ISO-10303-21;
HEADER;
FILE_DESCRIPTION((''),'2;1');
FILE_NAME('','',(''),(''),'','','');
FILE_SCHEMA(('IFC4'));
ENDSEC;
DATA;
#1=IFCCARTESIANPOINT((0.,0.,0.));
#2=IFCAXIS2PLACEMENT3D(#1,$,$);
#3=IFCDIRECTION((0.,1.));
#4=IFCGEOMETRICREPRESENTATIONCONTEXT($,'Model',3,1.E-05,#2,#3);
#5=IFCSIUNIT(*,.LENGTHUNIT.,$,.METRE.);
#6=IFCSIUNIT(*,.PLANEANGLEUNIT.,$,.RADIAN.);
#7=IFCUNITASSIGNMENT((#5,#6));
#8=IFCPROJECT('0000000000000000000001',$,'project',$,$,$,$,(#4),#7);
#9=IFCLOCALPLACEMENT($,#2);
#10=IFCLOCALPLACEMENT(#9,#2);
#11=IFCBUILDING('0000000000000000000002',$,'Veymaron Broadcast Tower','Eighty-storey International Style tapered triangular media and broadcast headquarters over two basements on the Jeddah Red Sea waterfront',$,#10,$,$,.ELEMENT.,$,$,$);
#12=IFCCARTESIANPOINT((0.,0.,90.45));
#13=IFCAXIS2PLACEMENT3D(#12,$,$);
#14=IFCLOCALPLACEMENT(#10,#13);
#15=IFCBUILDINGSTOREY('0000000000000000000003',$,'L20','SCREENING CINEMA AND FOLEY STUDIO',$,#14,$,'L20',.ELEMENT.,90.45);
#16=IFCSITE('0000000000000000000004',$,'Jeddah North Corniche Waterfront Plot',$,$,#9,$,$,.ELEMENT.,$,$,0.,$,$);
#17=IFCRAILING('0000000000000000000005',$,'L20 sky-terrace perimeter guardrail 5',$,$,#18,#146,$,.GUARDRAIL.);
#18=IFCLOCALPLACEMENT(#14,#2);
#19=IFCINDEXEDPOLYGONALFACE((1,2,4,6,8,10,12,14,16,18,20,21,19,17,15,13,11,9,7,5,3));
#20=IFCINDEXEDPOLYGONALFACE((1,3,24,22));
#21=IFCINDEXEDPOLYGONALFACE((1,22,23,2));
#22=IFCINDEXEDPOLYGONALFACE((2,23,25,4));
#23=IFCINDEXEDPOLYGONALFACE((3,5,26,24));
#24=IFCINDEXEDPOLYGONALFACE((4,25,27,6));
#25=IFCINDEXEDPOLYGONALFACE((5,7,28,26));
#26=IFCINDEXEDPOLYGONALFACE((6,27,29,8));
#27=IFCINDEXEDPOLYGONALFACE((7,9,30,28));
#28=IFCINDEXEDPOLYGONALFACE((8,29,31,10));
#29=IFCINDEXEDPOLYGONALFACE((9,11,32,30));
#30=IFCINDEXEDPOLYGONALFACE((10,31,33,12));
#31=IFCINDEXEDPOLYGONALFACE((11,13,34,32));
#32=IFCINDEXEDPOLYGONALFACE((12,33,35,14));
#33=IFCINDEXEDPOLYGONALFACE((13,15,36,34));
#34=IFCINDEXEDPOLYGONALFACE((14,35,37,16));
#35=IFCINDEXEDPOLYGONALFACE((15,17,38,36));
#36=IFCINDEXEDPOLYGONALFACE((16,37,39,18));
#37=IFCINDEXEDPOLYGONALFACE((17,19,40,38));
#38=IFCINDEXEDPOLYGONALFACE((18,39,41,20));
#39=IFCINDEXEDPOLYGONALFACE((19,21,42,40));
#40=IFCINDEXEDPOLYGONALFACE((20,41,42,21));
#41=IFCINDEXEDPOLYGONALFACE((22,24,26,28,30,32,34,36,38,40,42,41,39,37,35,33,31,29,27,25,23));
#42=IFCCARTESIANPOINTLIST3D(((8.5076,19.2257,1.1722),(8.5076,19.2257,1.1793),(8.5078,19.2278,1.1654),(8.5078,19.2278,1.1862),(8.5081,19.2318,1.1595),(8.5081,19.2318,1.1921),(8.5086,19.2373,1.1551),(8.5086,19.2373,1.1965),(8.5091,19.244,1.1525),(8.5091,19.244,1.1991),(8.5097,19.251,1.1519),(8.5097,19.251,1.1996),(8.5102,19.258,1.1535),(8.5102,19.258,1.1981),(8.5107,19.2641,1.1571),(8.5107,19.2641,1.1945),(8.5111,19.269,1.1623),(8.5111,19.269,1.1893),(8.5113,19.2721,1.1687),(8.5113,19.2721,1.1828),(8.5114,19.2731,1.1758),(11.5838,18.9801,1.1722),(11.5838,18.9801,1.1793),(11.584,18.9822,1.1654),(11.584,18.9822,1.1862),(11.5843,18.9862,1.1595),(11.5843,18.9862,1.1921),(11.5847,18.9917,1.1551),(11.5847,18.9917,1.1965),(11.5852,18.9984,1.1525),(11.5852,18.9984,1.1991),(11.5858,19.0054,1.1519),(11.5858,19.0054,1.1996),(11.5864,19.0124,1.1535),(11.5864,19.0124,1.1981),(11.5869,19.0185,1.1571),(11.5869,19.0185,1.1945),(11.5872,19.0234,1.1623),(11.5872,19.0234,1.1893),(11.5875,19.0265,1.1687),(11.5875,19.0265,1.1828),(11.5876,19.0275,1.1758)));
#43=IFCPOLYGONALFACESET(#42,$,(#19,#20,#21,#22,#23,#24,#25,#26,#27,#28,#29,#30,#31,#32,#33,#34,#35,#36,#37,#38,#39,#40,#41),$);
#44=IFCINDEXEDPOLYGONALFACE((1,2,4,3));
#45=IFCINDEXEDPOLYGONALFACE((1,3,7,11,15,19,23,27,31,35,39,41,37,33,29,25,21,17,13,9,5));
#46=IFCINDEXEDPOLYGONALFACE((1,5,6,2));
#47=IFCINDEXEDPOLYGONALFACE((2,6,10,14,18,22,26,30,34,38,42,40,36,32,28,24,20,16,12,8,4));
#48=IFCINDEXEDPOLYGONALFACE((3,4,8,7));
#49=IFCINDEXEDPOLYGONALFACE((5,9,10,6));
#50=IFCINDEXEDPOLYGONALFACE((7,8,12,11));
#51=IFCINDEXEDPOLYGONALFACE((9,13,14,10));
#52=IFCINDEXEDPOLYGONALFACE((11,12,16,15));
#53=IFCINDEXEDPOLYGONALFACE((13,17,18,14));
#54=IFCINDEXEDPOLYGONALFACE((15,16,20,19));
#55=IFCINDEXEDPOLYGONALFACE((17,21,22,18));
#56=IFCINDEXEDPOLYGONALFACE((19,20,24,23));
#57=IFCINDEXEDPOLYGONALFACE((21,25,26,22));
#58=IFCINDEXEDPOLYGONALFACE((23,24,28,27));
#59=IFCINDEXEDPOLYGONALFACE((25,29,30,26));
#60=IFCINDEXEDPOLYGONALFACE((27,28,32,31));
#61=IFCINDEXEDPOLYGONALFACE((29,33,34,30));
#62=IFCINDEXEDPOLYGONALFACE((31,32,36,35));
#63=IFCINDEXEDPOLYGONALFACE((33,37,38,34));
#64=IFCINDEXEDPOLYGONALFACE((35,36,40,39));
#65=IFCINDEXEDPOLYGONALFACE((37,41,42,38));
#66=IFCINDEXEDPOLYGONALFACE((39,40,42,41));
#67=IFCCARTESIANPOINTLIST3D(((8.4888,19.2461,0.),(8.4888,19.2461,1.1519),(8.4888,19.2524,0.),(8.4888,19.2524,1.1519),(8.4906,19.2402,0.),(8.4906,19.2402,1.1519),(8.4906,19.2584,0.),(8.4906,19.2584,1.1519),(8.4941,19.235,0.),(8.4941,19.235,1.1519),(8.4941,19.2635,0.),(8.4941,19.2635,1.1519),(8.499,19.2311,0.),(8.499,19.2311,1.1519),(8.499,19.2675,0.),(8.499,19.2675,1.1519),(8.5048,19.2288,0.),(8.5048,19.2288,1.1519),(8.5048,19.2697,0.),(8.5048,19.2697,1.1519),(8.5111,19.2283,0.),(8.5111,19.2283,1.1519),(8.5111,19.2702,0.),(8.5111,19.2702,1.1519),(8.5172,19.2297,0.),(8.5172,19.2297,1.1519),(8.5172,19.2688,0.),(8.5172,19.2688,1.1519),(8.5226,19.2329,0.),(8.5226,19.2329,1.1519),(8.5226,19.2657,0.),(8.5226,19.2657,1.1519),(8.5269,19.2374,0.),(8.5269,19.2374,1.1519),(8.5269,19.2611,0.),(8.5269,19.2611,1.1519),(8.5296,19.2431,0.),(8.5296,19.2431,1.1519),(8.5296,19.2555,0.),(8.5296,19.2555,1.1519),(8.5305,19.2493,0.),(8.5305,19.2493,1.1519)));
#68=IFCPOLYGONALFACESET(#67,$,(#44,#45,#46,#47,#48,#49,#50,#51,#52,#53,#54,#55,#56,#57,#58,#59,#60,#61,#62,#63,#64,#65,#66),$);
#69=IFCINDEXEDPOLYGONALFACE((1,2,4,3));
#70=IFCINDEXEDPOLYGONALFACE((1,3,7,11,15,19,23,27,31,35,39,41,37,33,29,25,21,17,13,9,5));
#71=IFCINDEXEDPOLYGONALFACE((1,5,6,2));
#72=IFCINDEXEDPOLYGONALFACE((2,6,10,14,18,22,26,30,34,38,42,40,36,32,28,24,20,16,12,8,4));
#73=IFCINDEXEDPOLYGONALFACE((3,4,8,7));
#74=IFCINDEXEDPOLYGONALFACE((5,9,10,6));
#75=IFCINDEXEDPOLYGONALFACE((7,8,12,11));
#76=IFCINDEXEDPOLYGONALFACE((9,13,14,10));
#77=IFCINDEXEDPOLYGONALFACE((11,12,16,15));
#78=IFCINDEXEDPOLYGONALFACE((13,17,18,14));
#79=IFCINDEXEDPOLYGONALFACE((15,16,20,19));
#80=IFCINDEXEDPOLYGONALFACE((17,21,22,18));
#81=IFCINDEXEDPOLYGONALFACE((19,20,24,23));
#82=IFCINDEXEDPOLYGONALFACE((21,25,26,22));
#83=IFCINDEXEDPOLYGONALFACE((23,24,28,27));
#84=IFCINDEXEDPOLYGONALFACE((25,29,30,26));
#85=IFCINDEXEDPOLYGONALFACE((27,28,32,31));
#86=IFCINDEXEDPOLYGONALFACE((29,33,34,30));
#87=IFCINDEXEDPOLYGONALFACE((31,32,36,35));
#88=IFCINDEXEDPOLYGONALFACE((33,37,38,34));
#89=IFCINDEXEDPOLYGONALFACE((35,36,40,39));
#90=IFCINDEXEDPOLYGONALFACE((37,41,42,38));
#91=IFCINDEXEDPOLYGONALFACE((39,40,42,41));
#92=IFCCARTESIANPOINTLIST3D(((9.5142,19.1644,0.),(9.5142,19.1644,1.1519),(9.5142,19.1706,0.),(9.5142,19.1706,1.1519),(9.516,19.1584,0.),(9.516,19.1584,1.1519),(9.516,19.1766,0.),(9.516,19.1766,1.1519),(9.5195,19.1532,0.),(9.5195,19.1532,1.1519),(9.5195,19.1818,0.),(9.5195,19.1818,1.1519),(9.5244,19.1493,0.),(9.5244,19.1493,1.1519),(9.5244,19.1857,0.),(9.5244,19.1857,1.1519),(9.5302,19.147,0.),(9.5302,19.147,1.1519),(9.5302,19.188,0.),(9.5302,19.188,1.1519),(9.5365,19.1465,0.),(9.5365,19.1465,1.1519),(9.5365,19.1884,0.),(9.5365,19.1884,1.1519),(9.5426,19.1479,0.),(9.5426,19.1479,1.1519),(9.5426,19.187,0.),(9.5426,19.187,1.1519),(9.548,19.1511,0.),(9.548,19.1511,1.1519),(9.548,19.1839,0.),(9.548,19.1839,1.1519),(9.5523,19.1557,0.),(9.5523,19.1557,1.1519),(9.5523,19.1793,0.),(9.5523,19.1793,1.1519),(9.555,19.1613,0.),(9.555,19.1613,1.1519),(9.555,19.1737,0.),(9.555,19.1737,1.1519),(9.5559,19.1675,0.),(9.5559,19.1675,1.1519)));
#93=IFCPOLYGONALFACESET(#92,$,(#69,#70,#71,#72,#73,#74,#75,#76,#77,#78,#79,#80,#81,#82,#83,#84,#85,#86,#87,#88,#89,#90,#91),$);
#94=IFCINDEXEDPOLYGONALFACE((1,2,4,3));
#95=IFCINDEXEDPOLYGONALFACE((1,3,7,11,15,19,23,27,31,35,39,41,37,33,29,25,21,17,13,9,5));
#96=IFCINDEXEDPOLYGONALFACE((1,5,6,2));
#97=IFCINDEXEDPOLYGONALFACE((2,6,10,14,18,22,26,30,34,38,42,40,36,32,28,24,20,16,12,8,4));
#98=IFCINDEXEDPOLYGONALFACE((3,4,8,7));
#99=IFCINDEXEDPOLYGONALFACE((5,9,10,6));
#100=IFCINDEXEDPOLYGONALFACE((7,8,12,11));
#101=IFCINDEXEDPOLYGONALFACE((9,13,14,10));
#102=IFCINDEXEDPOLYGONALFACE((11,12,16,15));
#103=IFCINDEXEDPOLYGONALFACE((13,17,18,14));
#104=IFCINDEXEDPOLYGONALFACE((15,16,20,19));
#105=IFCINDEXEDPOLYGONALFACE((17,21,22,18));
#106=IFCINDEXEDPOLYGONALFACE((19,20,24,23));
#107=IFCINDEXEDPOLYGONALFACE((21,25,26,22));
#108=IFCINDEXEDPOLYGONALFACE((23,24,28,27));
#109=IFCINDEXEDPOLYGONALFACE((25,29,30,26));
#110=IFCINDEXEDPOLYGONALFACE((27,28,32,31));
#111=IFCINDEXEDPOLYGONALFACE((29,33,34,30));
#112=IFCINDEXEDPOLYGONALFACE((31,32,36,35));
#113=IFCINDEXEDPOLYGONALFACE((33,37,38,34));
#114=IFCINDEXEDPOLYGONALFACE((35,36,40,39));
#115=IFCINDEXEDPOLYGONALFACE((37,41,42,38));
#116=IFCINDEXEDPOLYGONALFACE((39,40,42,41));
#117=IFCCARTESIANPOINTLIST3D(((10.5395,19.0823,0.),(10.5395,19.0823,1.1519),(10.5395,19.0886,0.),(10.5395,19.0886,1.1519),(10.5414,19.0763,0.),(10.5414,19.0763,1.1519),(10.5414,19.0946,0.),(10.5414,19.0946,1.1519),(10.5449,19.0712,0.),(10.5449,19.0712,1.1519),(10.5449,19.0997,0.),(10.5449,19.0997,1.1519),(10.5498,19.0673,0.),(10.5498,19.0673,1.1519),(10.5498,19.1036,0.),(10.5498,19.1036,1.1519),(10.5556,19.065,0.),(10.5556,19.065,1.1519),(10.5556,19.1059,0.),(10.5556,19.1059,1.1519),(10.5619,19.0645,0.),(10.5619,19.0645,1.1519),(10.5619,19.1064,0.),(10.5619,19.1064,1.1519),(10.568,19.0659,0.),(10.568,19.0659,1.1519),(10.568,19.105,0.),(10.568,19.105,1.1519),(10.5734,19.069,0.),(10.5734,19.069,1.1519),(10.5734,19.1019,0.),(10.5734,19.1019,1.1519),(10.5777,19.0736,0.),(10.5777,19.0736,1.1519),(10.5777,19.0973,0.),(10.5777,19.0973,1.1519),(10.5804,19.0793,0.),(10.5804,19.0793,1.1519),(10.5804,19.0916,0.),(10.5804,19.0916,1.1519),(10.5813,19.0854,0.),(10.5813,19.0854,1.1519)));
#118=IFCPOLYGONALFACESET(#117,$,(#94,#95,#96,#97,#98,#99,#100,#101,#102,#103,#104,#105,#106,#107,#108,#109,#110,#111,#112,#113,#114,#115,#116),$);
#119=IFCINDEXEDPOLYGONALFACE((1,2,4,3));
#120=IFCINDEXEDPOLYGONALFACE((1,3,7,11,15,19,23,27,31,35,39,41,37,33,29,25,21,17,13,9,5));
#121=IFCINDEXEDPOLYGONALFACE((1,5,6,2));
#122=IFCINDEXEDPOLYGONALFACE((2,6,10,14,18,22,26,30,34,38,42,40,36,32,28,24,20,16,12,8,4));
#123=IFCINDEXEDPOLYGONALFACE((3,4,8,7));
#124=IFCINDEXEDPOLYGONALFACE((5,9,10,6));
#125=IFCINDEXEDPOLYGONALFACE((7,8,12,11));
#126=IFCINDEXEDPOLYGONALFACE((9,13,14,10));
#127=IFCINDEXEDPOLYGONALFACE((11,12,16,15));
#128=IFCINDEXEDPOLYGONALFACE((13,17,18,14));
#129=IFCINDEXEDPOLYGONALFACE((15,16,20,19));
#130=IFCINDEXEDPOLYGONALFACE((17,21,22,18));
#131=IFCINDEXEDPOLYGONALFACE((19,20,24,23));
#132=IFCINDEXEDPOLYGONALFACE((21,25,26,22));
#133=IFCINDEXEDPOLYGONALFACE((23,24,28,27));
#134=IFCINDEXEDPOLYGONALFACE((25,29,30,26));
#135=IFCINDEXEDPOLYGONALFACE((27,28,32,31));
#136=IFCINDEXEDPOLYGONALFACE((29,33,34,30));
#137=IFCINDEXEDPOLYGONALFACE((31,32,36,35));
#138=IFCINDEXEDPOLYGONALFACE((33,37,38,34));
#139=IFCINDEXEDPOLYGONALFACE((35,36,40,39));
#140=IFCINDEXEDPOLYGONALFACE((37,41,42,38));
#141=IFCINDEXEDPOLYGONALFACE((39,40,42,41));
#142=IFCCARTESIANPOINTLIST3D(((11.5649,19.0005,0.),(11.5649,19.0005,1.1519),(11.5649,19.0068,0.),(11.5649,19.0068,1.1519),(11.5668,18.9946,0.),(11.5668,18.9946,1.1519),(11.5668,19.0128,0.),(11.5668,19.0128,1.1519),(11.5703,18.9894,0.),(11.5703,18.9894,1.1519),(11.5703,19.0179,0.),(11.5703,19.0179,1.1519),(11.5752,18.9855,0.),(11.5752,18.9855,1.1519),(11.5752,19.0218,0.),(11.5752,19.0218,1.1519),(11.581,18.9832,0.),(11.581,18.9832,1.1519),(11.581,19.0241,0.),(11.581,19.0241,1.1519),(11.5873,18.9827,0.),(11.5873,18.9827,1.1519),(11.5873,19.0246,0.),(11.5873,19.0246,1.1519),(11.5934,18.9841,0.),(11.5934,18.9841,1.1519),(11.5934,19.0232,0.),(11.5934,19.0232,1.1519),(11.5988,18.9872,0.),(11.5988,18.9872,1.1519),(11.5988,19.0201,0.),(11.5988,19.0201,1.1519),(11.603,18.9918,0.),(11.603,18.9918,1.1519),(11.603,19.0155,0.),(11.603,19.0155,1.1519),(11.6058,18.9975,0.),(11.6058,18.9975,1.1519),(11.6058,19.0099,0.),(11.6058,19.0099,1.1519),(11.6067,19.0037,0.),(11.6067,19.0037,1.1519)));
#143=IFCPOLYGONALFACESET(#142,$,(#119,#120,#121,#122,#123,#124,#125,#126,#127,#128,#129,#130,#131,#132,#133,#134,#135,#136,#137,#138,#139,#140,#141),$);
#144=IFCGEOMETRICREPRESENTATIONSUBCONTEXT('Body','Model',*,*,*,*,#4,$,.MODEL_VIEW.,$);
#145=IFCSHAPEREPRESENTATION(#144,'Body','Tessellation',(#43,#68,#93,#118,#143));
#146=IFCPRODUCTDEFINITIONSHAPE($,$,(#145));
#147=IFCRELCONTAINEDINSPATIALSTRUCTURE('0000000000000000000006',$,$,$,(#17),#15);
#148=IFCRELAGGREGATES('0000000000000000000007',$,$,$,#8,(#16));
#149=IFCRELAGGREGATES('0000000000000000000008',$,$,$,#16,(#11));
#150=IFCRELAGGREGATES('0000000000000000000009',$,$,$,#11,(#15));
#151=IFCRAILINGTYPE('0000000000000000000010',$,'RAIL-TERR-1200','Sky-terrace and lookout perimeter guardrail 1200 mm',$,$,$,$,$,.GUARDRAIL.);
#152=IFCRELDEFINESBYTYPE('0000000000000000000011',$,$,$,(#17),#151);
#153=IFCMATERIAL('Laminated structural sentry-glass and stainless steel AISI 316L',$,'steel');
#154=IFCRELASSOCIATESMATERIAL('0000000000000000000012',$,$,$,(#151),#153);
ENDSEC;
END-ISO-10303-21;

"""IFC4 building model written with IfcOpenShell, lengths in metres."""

from ifc_helpers import new_model, si_unit, direction, frame, origin, origin_2d, place, context, subcontext, project, spatial, circle, extrude, material, type_object, element, save


model = new_model("IFC4")

# Units and contexts
model_context = context("Model", 3, precision=1e-05, world=origin(), true_north=direction((0.0, 1.0)))
body_context = subcontext(model_context, "Body", "Model", "MODEL_VIEW")
ifc_project = project(units=[si_unit("LENGTHUNIT", "METRE"), si_unit("PLANEANGLEUNIT", "RADIAN")], contexts=[model_context])

# Site, building, storey
site_placement = place(None, origin())
site = spatial("IfcSite", under=ifc_project, at=site_placement, Name="Jeddah North Corniche Waterfront Plot", CompositionType="ELEMENT", RefElevation=0.0)
building_placement = place(site_placement, origin())
building = spatial("IfcBuilding", under=site, at=building_placement, Name="Veymaron Broadcast Tower", Description="Eighty-storey International Style tapered triangular media and broadcast headquarters over two basements on the Jeddah Red Sea waterfront", CompositionType="ELEMENT")
storey_placement = place(building_placement, frame((0.0, 0.0, 90.45)))
storey = spatial("IfcBuildingStorey", under=building, at=storey_placement, Name="L20", Description="SCREENING CINEMA AND FOLEY STUDIO", LongName="L20", CompositionType="ELEMENT", Elevation=90.45)

# Railing
ifc_material_1 = material(Name="Laminated structural sentry-glass and stainless steel AISI 316L", Category="steel")
railing_type = type_object("IfcRailingType", Name="RAIL-TERR-1200", Description="Sky-terrace and lookout perimeter guardrail 1200 mm", PredefinedType="GUARDRAIL", material=ifc_material_1)
railing_placement = place(storey_placement, frame((8.5095, 19.2493, 0.0)))
element("IfcRailing", 1, at=railing_placement, inside=storey, type_object=railing_type, Name="L20 sky-terrace perimeter guardrail 5", PredefinedType="GUARDRAIL", context=body_context, shape_type="SweptSolid", body=[
    extrude(circle(Radius=0.0239, at=origin_2d()), frame((0.0, 0.0, 1.1758), z_axis=(0.996828, -0.079588, 0.0), x_axis=(0.079588, 0.996828, 0.0)), (0.0, 0.0, 1.0), 3.0859),
    extrude(circle(Radius=0.021, at=origin_2d()), origin(), (0.0, 0.0, 1.0), 1.1519),
    extrude(circle(Radius=0.021, at=origin_2d()), frame((1.0254, -0.0818, 0.0)), (0.0, 0.0, 1.0), 1.1519),
    extrude(circle(Radius=0.021, at=origin_2d()), frame((2.0508, -0.1638, 0.0)), (0.0, 0.0, 1.0), 1.1519),
    extrude(circle(Radius=0.021, at=origin_2d()), frame((3.0762, -0.2456, 0.0)), (0.0, 0.0, 1.0), 1.1519),
])

save(model, "model.ifc")
